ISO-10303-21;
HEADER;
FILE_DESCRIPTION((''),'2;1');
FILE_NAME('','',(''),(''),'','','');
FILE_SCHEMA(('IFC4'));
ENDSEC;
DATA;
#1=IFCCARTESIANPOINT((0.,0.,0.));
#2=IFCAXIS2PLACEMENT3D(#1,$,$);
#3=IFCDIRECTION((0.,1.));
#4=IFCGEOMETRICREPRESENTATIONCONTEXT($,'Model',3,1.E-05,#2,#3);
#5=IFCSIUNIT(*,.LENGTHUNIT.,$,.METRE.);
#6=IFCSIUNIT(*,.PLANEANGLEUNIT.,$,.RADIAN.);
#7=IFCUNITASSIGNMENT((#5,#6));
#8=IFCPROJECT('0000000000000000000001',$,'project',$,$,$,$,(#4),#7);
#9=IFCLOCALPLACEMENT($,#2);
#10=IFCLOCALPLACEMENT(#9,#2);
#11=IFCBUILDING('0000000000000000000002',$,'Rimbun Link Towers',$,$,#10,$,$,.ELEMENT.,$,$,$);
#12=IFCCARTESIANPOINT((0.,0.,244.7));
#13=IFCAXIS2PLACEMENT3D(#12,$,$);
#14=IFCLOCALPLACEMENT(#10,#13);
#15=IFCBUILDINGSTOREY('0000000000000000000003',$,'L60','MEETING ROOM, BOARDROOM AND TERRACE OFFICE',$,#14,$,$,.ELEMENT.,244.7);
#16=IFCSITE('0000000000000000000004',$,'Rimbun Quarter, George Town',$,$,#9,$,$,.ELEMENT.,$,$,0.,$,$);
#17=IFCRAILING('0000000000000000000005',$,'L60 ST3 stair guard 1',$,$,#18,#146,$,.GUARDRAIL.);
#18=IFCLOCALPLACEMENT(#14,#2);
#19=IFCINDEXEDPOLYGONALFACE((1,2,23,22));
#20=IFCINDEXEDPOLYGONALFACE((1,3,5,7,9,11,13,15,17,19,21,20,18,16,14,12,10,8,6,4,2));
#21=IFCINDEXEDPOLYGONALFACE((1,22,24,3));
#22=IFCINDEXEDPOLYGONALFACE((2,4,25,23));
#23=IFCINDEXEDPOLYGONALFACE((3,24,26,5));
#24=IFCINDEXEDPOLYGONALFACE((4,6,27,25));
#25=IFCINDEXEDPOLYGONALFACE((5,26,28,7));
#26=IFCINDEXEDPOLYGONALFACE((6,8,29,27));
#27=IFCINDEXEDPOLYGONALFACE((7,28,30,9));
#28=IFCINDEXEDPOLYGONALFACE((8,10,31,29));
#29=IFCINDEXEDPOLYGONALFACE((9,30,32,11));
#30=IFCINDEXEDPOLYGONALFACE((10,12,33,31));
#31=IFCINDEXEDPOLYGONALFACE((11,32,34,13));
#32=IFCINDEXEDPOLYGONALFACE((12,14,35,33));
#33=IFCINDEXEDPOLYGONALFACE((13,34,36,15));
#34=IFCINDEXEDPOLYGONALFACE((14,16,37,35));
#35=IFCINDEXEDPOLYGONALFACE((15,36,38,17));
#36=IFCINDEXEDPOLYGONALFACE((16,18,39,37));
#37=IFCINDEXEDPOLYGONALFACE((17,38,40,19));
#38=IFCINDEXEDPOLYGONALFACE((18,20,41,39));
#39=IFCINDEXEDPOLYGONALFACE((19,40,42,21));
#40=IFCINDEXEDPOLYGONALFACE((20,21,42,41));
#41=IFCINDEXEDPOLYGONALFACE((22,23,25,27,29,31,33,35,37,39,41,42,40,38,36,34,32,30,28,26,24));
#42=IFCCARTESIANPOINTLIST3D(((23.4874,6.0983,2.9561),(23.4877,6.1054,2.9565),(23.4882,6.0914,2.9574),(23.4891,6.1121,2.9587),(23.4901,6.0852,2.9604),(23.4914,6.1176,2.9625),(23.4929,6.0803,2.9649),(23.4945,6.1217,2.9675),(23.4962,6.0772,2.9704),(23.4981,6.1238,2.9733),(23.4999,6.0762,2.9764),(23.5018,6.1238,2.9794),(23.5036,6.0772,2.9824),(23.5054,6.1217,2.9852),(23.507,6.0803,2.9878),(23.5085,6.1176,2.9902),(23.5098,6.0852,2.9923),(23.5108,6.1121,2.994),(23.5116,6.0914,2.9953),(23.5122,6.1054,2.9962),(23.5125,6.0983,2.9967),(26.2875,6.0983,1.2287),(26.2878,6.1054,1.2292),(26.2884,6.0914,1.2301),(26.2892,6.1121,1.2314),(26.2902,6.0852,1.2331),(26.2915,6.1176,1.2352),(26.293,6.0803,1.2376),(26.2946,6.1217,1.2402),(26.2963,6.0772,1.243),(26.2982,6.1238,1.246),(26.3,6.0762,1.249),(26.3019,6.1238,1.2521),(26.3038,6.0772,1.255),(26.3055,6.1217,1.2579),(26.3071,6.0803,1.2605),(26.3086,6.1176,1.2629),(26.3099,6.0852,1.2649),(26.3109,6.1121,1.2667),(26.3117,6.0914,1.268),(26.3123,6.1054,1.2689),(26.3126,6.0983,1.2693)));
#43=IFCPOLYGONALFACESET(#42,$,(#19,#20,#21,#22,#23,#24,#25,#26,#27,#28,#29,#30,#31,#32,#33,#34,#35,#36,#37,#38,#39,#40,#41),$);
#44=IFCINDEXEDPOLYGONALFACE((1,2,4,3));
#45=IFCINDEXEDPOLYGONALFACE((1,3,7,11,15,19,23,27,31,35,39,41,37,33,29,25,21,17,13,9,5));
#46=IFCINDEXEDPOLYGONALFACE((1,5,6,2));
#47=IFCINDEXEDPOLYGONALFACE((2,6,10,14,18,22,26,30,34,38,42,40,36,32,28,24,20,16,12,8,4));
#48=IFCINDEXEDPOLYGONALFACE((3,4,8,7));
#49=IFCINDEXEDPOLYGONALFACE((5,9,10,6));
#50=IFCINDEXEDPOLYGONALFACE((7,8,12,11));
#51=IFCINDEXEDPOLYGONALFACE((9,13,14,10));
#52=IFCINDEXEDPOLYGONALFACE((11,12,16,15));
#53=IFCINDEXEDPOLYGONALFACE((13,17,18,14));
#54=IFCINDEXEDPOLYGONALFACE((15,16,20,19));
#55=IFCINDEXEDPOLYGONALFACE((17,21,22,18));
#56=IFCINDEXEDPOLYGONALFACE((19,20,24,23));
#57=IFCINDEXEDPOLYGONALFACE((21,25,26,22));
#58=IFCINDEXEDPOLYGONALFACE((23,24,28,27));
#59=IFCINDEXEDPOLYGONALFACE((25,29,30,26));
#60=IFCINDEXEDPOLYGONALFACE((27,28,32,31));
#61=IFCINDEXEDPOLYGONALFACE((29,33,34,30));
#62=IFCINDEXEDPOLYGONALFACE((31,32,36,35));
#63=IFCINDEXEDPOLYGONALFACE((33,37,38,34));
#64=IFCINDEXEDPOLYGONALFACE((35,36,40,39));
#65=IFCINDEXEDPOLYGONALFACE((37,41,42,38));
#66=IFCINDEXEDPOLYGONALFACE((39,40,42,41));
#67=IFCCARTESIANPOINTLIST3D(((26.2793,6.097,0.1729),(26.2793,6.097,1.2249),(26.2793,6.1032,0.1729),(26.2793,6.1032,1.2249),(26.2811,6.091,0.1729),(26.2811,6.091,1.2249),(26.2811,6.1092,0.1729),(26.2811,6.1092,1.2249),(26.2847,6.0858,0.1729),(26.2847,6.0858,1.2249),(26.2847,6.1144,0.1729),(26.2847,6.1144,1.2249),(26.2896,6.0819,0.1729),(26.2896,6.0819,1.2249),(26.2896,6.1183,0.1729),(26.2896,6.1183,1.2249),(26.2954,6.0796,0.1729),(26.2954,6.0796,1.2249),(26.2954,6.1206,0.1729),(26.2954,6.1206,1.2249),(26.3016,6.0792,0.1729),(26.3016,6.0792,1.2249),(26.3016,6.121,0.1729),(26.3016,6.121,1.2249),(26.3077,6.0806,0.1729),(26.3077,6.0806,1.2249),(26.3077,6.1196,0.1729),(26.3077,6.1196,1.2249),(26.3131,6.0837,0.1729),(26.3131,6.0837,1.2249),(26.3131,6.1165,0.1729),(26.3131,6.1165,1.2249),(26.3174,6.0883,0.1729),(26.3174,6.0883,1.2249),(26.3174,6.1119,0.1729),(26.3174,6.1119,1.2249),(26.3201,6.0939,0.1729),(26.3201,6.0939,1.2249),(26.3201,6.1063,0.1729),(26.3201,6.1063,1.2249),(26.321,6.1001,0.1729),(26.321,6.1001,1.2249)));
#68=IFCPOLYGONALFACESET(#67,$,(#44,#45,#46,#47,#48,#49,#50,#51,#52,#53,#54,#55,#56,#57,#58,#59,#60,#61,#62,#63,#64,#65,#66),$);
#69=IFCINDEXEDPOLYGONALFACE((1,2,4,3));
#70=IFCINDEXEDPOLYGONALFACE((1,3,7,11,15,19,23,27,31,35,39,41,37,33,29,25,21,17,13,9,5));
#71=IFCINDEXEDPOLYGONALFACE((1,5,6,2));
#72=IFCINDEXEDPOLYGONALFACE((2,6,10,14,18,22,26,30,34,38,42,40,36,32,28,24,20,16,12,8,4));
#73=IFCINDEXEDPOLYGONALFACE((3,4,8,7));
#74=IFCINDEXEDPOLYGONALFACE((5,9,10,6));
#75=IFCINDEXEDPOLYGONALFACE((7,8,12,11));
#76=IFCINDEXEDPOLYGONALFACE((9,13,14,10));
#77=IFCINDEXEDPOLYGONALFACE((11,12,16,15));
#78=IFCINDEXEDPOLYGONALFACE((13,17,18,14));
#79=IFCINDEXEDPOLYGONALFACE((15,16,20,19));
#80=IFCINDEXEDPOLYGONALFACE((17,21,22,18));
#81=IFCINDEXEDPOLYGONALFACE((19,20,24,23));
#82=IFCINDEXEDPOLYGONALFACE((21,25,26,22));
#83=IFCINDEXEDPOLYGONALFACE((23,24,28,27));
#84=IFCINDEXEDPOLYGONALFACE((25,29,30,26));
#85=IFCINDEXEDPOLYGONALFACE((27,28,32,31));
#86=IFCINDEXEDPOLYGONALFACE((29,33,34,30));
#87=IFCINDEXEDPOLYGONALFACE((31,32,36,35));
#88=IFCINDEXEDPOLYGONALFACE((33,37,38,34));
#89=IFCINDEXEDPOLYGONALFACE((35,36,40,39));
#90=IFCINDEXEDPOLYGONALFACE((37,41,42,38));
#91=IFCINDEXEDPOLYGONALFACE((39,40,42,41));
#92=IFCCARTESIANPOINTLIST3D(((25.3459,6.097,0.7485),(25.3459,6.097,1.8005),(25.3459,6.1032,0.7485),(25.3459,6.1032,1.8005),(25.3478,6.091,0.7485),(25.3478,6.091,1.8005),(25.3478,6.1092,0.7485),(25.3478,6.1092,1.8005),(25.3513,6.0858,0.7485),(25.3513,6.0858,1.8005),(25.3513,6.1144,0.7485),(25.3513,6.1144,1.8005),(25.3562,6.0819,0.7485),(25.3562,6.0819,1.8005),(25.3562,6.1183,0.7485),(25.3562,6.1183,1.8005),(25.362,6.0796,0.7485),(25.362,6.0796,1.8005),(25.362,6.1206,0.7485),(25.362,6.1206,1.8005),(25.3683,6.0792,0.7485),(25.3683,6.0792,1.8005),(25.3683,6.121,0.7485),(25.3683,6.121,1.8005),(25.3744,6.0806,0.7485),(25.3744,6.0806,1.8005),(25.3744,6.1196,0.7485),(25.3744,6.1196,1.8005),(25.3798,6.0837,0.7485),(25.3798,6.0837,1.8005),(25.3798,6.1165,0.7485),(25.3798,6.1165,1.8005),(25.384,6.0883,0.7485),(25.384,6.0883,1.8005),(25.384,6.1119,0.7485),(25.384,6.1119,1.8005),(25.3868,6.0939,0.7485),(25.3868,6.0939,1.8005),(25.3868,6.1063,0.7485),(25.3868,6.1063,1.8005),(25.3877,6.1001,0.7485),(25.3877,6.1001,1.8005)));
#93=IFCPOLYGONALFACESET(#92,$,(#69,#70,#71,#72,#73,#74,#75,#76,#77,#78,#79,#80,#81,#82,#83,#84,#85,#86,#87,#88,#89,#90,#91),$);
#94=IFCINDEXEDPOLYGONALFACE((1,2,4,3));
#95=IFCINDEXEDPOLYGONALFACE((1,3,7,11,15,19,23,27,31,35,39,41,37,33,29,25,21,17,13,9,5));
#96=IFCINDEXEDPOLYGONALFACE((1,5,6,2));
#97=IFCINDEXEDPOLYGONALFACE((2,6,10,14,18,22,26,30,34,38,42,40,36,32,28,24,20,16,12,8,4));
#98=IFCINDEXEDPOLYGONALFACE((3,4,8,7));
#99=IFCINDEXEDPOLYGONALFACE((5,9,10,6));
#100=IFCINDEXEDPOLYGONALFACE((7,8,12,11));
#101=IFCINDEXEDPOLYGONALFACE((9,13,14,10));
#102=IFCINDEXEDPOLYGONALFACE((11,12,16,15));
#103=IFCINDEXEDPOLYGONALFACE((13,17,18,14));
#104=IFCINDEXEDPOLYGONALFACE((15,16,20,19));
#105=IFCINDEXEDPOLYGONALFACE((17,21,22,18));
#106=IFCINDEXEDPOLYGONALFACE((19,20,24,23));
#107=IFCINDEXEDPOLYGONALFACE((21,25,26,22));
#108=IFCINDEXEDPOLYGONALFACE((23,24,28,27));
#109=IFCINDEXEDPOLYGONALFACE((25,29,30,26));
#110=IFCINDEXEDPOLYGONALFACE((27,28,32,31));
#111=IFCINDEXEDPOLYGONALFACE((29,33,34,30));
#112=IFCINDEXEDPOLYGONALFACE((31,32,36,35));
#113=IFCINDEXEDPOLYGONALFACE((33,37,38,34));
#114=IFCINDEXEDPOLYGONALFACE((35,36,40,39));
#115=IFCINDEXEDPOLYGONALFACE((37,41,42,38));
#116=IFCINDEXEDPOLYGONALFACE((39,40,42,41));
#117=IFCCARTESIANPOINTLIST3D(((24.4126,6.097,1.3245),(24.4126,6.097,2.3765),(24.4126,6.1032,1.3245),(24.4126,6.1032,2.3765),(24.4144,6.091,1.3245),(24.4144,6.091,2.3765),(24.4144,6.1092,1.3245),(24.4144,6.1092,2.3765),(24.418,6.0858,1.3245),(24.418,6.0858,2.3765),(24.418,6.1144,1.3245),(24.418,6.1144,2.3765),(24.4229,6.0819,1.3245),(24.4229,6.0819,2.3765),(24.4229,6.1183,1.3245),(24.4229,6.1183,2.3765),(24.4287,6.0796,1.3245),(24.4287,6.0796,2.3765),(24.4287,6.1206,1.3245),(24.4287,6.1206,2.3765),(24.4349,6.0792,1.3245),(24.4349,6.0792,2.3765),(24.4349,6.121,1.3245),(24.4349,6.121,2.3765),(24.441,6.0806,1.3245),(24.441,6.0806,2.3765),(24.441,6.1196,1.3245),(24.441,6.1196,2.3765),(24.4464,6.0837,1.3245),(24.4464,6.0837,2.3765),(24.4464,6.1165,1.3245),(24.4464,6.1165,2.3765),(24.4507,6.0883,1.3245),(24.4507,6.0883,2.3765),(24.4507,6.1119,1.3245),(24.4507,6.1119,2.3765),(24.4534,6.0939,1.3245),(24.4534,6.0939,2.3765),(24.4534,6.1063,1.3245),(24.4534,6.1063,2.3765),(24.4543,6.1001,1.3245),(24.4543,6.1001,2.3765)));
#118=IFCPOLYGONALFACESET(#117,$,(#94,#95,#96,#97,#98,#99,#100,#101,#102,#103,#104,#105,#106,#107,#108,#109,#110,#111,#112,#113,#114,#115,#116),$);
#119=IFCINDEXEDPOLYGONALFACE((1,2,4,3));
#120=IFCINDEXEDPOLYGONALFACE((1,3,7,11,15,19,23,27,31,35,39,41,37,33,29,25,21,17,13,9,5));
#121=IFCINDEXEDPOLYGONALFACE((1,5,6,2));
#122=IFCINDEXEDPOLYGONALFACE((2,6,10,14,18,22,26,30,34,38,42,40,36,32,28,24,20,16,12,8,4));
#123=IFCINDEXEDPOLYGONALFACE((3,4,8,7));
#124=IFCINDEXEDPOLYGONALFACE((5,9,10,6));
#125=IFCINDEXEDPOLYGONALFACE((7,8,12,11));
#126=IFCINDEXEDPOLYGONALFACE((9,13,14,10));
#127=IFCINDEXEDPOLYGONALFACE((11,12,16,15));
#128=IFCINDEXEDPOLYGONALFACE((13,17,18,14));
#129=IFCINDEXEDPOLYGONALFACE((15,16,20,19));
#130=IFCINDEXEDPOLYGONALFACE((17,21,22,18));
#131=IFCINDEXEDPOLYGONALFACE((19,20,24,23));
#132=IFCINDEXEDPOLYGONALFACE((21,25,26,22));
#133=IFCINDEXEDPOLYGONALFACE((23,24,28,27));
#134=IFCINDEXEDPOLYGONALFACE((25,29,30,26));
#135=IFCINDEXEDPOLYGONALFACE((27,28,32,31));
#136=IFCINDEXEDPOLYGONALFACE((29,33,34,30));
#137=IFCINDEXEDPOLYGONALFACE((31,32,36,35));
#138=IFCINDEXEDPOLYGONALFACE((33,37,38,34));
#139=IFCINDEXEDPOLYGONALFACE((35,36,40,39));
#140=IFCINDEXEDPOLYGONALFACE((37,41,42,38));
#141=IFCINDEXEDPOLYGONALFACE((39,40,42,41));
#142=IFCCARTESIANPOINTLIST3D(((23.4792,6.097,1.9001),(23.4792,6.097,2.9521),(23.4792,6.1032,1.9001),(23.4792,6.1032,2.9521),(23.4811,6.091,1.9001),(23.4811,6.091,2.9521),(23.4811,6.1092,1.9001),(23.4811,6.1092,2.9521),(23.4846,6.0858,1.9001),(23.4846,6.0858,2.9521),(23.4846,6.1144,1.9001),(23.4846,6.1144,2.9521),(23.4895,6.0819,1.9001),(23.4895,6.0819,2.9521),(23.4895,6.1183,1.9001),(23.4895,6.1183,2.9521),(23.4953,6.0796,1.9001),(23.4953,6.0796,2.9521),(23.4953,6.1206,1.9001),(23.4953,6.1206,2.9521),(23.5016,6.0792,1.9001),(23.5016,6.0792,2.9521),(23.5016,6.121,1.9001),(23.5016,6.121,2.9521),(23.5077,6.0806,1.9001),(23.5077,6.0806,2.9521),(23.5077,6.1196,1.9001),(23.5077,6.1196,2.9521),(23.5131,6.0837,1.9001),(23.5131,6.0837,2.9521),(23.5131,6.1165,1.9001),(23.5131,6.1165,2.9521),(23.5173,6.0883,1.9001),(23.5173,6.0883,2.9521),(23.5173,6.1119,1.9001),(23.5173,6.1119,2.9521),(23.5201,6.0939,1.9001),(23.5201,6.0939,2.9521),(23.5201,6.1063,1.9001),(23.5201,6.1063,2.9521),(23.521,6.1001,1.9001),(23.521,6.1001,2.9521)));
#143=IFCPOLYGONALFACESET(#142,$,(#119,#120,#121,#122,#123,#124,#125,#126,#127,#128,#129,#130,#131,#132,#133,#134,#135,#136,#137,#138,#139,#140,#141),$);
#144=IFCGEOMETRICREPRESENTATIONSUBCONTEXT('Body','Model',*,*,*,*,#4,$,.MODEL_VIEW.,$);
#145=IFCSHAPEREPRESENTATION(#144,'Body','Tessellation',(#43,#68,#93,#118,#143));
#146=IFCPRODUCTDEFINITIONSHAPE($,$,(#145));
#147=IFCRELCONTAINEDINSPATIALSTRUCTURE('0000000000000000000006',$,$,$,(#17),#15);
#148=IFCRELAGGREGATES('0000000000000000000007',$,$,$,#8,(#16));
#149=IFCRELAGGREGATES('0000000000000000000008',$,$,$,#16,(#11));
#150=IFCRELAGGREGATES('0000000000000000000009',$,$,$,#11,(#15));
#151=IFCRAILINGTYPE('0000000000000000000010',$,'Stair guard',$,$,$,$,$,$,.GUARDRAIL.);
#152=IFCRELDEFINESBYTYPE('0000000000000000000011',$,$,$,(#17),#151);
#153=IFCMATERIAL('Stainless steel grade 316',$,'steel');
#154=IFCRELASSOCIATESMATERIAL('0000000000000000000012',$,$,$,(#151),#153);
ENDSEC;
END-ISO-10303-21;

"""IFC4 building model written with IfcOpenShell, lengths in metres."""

from ifc_helpers import new_model, si_unit, direction, frame, origin, origin_2d, place, context, subcontext, project, spatial, circle, extrude, material, type_object, element, save


model = new_model("IFC4")

# Units and contexts
model_context = context("Model", 3, precision=1e-05, world=origin(), true_north=direction((0.0, 1.0)))
body_context = subcontext(model_context, "Body", "Model", "MODEL_VIEW")
ifc_project = project(units=[si_unit("LENGTHUNIT", "METRE"), si_unit("PLANEANGLEUNIT", "RADIAN")], contexts=[model_context])

# Site, building, storey
site_placement = place(None, origin())
site = spatial("IfcSite", under=ifc_project, at=site_placement, Name="Rimbun Quarter, George Town", CompositionType="ELEMENT", RefElevation=0.0)
building_placement = place(site_placement, origin())
building = spatial("IfcBuilding", under=site, at=building_placement, Name="Rimbun Link Towers", CompositionType="ELEMENT")
storey_placement = place(building_placement, frame((0.0, 0.0, 244.7)))
storey = spatial("IfcBuildingStorey", under=building, at=storey_placement, Name="L60", Description="MEETING ROOM, BOARDROOM AND TERRACE OFFICE", CompositionType="ELEMENT", Elevation=244.7)

# Railing
ifc_material_1 = material(Name="Stainless steel grade 316", Category="steel")
railing_type_1 = type_object("IfcRailingType", Name="Stair guard", PredefinedType="GUARDRAIL", material=ifc_material_1)
railing_1_placement = place(storey_placement, frame((26.3, 6.1001, 0.1729)))
element("IfcRailing", 1, at=railing_1_placement, inside=storey, type_object=railing_type_1, Name="L60 ST3 stair guard 1", PredefinedType="GUARDRAIL", context=body_context, shape_type="SweptSolid", body=[
    extrude(circle(Radius=0.0239, at=origin_2d()), frame((0.0, 0.0, 1.0762), z_axis=(-0.85109, 0.0, 0.52502), x_axis=(0.0, -1.0, 0.0)), (0.0, 0.0, 1.0), 3.29),
    extrude(circle(Radius=0.021, at=origin_2d()), origin(), (0.0, 0.0, 1.0), 1.052),
    extrude(circle(Radius=0.021, at=origin_2d()), frame((-0.9333, 0.0, 0.5757)), (0.0, 0.0, 1.0), 1.052),
    extrude(circle(Radius=0.021, at=origin_2d()), frame((-1.8667, 0.0, 1.1516)), (0.0, 0.0, 1.0), 1.052),
    extrude(circle(Radius=0.021, at=origin_2d()), frame((-2.8, 0.0, 1.7273)), (0.0, 0.0, 1.0), 1.052),
])

save(model, "model.ifc")
